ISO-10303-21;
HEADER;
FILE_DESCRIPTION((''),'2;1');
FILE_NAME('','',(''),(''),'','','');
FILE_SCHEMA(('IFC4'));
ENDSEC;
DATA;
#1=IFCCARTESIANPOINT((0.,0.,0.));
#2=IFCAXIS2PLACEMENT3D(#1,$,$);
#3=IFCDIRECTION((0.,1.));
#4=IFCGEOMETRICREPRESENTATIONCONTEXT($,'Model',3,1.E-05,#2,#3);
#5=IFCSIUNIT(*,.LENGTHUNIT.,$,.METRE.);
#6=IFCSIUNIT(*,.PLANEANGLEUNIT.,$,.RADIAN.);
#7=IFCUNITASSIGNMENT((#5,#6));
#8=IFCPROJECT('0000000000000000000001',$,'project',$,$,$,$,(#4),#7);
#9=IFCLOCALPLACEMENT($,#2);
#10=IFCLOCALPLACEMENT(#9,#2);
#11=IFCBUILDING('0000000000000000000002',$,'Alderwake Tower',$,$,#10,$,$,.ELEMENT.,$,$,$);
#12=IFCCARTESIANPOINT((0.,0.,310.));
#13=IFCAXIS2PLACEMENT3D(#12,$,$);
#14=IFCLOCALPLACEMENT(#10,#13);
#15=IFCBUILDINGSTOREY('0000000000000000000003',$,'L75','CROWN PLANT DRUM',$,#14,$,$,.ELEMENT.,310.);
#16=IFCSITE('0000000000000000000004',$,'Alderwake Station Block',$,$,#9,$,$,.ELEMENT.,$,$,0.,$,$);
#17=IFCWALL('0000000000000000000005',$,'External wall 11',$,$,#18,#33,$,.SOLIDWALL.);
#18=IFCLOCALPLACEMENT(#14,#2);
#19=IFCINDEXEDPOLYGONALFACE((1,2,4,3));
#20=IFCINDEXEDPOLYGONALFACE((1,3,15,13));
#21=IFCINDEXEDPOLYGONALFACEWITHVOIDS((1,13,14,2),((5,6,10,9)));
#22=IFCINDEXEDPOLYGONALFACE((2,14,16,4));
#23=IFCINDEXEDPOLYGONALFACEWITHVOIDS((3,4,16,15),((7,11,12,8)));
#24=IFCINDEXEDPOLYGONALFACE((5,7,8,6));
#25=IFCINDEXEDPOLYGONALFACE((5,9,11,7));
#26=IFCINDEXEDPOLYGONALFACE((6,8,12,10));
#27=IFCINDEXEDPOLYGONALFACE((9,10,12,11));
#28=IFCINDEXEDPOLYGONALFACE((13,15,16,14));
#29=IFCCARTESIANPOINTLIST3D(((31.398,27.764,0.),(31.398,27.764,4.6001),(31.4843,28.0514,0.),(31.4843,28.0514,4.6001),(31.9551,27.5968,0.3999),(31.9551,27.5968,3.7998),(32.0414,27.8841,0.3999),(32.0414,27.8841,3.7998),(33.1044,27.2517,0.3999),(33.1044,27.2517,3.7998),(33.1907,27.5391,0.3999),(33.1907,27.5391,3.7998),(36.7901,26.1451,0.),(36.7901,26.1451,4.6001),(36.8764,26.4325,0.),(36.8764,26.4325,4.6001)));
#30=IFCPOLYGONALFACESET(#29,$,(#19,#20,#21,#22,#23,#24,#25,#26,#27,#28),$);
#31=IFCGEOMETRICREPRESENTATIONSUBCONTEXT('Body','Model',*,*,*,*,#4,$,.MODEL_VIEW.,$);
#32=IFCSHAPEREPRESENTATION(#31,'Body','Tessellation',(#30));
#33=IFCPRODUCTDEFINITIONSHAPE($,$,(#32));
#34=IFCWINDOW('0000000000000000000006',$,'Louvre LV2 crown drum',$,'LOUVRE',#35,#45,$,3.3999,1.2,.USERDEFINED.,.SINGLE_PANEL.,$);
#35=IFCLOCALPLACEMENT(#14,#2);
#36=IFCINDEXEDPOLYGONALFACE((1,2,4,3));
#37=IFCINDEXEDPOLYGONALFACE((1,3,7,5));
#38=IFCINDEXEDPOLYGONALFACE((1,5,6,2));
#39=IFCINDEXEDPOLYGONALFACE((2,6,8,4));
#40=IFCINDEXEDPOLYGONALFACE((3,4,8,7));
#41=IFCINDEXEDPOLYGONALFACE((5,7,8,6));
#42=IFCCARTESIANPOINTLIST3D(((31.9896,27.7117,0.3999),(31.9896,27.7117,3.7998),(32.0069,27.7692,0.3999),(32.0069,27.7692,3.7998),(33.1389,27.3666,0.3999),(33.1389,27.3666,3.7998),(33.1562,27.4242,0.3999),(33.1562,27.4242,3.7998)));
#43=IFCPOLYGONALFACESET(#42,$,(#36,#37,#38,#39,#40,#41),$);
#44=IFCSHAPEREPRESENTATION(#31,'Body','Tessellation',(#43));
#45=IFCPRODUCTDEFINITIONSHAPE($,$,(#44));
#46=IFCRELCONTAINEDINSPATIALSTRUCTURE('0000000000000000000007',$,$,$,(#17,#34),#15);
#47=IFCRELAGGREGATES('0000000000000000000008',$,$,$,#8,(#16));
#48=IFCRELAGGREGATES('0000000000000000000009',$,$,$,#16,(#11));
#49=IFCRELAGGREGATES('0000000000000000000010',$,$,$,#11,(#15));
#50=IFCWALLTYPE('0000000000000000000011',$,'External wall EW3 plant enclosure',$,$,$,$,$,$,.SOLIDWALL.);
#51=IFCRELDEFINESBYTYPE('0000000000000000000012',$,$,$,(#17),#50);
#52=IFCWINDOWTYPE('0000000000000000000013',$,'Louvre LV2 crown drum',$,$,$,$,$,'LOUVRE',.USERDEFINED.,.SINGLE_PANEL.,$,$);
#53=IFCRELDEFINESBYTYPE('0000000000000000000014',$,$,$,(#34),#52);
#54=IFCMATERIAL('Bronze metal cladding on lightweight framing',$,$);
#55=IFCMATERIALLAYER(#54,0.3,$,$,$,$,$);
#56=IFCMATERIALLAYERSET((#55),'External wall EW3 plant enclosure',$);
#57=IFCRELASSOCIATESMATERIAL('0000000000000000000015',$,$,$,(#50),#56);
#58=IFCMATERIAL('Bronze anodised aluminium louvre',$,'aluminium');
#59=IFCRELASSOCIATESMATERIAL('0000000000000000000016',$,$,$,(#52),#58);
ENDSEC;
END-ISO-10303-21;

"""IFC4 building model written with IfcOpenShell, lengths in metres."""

from ifc_helpers import new_model, si_unit, direction, frame, frame_2d, origin, place, context, subcontext, project, spatial, rectangle, extrude, material, layer, layer_set, type_object, element, fill, save


model = new_model("IFC4")

# Units and contexts
model_context = context("Model", 3, precision=1e-05, world=origin(), true_north=direction((0.0, 1.0)))
body_context = subcontext(model_context, "Body", "Model", "MODEL_VIEW")
ifc_project = project(units=[si_unit("LENGTHUNIT", "METRE"), si_unit("PLANEANGLEUNIT", "RADIAN")], contexts=[model_context])

# Site, building, storey
site_placement = place(None, origin())
site = spatial("IfcSite", under=ifc_project, at=site_placement, Name="Alderwake Station Block", CompositionType="ELEMENT", RefElevation=0.0)
building_placement = place(site_placement, origin())
building = spatial("IfcBuilding", under=site, at=building_placement, Name="Alderwake Tower", CompositionType="ELEMENT")
storey_placement = place(building_placement, frame((0.0, 0.0, 310.0)))
storey = spatial("IfcBuildingStorey", under=building, at=storey_placement, Name="L75", Description="CROWN PLANT DRUM", CompositionType="ELEMENT", Elevation=310.0)

# Shared definitions
ifc_material_1 = material(Name="Bronze metal cladding on lightweight framing")
ifc_layer_1 = layer(ifc_material_1, 0.3)
ifc_layer_set_1 = layer_set([ifc_layer_1], Name="External wall EW3 plant enclosure")
wall_type_1 = type_object("IfcWallType", Name="External wall EW3 plant enclosure", PredefinedType="SOLIDWALL", material=ifc_layer_set_1)

# Shared definitions
ifc_material_2 = material(Name="Bronze anodised aluminium louvre", Category="aluminium")
window_type = type_object("IfcWindowType", Name="Louvre LV2 crown drum", ElementType="LOUVRE", PartitioningType="SINGLE_PANEL", PredefinedType="USERDEFINED", material=ifc_material_2)

# Wall, opening, window
wall_1_placement = place(storey_placement, frame((31.4412, 27.9077, 0.0), z_axis=(0.0, 0.0, 1.0), x_axis=(0.957764, -0.287555, 0.0)))
wall_1 = element("IfcWall", 1, at=wall_1_placement, inside=storey, type_object=wall_type_1, Name="External wall 11", PredefinedType="SOLIDWALL", context=body_context, shape_type="SweptSolid", body=[
    extrude(rectangle(XDim=5.6299, YDim=0.3, at=frame_2d((2.8149, 0.0))), origin(), (0.0, 0.0, 1.0), 4.6001),
])
opening_1_placement = place(wall_1_placement, frame((0.5815, 0.0, 0.3999)))
opening_1 = element("IfcOpeningElement", 2, at=opening_1_placement, cuts=wall_1, PredefinedType="OPENING", context=body_context, shape_type="SweptSolid", body=[
    extrude(rectangle(XDim=1.2, YDim=3.3999, at=frame_2d((0.6001, 1.7))), frame((0.0, 0.1599, 0.0), z_axis=(0.0, -1.0, 0.0), x_axis=(1.0, 0.0, 0.0)), (0.0, 0.0, 1.0), 0.3201),
])
window_1_placement = place(opening_1_placement, origin())
window_1 = element("IfcWindow", 3, at=window_1_placement, inside=storey, type_object=window_type, Name="Louvre LV2 crown drum", ObjectType="LOUVRE", OverallHeight=3.3999, OverallWidth=1.2, PartitioningType="SINGLE_PANEL", PredefinedType="USERDEFINED", context=body_context, shape_type="SweptSolid", body=[
    extrude(rectangle(XDim=1.2, YDim=3.3999, at=frame_2d((0.6001, 1.7))), frame((0.0, 0.03, 0.0), z_axis=(0.0, -1.0, 0.0), x_axis=(1.0, 0.0, 0.0)), (0.0, 0.0, 1.0), 0.0601),
])
fill(opening_1, window_1)

save(model, "model.ifc")
